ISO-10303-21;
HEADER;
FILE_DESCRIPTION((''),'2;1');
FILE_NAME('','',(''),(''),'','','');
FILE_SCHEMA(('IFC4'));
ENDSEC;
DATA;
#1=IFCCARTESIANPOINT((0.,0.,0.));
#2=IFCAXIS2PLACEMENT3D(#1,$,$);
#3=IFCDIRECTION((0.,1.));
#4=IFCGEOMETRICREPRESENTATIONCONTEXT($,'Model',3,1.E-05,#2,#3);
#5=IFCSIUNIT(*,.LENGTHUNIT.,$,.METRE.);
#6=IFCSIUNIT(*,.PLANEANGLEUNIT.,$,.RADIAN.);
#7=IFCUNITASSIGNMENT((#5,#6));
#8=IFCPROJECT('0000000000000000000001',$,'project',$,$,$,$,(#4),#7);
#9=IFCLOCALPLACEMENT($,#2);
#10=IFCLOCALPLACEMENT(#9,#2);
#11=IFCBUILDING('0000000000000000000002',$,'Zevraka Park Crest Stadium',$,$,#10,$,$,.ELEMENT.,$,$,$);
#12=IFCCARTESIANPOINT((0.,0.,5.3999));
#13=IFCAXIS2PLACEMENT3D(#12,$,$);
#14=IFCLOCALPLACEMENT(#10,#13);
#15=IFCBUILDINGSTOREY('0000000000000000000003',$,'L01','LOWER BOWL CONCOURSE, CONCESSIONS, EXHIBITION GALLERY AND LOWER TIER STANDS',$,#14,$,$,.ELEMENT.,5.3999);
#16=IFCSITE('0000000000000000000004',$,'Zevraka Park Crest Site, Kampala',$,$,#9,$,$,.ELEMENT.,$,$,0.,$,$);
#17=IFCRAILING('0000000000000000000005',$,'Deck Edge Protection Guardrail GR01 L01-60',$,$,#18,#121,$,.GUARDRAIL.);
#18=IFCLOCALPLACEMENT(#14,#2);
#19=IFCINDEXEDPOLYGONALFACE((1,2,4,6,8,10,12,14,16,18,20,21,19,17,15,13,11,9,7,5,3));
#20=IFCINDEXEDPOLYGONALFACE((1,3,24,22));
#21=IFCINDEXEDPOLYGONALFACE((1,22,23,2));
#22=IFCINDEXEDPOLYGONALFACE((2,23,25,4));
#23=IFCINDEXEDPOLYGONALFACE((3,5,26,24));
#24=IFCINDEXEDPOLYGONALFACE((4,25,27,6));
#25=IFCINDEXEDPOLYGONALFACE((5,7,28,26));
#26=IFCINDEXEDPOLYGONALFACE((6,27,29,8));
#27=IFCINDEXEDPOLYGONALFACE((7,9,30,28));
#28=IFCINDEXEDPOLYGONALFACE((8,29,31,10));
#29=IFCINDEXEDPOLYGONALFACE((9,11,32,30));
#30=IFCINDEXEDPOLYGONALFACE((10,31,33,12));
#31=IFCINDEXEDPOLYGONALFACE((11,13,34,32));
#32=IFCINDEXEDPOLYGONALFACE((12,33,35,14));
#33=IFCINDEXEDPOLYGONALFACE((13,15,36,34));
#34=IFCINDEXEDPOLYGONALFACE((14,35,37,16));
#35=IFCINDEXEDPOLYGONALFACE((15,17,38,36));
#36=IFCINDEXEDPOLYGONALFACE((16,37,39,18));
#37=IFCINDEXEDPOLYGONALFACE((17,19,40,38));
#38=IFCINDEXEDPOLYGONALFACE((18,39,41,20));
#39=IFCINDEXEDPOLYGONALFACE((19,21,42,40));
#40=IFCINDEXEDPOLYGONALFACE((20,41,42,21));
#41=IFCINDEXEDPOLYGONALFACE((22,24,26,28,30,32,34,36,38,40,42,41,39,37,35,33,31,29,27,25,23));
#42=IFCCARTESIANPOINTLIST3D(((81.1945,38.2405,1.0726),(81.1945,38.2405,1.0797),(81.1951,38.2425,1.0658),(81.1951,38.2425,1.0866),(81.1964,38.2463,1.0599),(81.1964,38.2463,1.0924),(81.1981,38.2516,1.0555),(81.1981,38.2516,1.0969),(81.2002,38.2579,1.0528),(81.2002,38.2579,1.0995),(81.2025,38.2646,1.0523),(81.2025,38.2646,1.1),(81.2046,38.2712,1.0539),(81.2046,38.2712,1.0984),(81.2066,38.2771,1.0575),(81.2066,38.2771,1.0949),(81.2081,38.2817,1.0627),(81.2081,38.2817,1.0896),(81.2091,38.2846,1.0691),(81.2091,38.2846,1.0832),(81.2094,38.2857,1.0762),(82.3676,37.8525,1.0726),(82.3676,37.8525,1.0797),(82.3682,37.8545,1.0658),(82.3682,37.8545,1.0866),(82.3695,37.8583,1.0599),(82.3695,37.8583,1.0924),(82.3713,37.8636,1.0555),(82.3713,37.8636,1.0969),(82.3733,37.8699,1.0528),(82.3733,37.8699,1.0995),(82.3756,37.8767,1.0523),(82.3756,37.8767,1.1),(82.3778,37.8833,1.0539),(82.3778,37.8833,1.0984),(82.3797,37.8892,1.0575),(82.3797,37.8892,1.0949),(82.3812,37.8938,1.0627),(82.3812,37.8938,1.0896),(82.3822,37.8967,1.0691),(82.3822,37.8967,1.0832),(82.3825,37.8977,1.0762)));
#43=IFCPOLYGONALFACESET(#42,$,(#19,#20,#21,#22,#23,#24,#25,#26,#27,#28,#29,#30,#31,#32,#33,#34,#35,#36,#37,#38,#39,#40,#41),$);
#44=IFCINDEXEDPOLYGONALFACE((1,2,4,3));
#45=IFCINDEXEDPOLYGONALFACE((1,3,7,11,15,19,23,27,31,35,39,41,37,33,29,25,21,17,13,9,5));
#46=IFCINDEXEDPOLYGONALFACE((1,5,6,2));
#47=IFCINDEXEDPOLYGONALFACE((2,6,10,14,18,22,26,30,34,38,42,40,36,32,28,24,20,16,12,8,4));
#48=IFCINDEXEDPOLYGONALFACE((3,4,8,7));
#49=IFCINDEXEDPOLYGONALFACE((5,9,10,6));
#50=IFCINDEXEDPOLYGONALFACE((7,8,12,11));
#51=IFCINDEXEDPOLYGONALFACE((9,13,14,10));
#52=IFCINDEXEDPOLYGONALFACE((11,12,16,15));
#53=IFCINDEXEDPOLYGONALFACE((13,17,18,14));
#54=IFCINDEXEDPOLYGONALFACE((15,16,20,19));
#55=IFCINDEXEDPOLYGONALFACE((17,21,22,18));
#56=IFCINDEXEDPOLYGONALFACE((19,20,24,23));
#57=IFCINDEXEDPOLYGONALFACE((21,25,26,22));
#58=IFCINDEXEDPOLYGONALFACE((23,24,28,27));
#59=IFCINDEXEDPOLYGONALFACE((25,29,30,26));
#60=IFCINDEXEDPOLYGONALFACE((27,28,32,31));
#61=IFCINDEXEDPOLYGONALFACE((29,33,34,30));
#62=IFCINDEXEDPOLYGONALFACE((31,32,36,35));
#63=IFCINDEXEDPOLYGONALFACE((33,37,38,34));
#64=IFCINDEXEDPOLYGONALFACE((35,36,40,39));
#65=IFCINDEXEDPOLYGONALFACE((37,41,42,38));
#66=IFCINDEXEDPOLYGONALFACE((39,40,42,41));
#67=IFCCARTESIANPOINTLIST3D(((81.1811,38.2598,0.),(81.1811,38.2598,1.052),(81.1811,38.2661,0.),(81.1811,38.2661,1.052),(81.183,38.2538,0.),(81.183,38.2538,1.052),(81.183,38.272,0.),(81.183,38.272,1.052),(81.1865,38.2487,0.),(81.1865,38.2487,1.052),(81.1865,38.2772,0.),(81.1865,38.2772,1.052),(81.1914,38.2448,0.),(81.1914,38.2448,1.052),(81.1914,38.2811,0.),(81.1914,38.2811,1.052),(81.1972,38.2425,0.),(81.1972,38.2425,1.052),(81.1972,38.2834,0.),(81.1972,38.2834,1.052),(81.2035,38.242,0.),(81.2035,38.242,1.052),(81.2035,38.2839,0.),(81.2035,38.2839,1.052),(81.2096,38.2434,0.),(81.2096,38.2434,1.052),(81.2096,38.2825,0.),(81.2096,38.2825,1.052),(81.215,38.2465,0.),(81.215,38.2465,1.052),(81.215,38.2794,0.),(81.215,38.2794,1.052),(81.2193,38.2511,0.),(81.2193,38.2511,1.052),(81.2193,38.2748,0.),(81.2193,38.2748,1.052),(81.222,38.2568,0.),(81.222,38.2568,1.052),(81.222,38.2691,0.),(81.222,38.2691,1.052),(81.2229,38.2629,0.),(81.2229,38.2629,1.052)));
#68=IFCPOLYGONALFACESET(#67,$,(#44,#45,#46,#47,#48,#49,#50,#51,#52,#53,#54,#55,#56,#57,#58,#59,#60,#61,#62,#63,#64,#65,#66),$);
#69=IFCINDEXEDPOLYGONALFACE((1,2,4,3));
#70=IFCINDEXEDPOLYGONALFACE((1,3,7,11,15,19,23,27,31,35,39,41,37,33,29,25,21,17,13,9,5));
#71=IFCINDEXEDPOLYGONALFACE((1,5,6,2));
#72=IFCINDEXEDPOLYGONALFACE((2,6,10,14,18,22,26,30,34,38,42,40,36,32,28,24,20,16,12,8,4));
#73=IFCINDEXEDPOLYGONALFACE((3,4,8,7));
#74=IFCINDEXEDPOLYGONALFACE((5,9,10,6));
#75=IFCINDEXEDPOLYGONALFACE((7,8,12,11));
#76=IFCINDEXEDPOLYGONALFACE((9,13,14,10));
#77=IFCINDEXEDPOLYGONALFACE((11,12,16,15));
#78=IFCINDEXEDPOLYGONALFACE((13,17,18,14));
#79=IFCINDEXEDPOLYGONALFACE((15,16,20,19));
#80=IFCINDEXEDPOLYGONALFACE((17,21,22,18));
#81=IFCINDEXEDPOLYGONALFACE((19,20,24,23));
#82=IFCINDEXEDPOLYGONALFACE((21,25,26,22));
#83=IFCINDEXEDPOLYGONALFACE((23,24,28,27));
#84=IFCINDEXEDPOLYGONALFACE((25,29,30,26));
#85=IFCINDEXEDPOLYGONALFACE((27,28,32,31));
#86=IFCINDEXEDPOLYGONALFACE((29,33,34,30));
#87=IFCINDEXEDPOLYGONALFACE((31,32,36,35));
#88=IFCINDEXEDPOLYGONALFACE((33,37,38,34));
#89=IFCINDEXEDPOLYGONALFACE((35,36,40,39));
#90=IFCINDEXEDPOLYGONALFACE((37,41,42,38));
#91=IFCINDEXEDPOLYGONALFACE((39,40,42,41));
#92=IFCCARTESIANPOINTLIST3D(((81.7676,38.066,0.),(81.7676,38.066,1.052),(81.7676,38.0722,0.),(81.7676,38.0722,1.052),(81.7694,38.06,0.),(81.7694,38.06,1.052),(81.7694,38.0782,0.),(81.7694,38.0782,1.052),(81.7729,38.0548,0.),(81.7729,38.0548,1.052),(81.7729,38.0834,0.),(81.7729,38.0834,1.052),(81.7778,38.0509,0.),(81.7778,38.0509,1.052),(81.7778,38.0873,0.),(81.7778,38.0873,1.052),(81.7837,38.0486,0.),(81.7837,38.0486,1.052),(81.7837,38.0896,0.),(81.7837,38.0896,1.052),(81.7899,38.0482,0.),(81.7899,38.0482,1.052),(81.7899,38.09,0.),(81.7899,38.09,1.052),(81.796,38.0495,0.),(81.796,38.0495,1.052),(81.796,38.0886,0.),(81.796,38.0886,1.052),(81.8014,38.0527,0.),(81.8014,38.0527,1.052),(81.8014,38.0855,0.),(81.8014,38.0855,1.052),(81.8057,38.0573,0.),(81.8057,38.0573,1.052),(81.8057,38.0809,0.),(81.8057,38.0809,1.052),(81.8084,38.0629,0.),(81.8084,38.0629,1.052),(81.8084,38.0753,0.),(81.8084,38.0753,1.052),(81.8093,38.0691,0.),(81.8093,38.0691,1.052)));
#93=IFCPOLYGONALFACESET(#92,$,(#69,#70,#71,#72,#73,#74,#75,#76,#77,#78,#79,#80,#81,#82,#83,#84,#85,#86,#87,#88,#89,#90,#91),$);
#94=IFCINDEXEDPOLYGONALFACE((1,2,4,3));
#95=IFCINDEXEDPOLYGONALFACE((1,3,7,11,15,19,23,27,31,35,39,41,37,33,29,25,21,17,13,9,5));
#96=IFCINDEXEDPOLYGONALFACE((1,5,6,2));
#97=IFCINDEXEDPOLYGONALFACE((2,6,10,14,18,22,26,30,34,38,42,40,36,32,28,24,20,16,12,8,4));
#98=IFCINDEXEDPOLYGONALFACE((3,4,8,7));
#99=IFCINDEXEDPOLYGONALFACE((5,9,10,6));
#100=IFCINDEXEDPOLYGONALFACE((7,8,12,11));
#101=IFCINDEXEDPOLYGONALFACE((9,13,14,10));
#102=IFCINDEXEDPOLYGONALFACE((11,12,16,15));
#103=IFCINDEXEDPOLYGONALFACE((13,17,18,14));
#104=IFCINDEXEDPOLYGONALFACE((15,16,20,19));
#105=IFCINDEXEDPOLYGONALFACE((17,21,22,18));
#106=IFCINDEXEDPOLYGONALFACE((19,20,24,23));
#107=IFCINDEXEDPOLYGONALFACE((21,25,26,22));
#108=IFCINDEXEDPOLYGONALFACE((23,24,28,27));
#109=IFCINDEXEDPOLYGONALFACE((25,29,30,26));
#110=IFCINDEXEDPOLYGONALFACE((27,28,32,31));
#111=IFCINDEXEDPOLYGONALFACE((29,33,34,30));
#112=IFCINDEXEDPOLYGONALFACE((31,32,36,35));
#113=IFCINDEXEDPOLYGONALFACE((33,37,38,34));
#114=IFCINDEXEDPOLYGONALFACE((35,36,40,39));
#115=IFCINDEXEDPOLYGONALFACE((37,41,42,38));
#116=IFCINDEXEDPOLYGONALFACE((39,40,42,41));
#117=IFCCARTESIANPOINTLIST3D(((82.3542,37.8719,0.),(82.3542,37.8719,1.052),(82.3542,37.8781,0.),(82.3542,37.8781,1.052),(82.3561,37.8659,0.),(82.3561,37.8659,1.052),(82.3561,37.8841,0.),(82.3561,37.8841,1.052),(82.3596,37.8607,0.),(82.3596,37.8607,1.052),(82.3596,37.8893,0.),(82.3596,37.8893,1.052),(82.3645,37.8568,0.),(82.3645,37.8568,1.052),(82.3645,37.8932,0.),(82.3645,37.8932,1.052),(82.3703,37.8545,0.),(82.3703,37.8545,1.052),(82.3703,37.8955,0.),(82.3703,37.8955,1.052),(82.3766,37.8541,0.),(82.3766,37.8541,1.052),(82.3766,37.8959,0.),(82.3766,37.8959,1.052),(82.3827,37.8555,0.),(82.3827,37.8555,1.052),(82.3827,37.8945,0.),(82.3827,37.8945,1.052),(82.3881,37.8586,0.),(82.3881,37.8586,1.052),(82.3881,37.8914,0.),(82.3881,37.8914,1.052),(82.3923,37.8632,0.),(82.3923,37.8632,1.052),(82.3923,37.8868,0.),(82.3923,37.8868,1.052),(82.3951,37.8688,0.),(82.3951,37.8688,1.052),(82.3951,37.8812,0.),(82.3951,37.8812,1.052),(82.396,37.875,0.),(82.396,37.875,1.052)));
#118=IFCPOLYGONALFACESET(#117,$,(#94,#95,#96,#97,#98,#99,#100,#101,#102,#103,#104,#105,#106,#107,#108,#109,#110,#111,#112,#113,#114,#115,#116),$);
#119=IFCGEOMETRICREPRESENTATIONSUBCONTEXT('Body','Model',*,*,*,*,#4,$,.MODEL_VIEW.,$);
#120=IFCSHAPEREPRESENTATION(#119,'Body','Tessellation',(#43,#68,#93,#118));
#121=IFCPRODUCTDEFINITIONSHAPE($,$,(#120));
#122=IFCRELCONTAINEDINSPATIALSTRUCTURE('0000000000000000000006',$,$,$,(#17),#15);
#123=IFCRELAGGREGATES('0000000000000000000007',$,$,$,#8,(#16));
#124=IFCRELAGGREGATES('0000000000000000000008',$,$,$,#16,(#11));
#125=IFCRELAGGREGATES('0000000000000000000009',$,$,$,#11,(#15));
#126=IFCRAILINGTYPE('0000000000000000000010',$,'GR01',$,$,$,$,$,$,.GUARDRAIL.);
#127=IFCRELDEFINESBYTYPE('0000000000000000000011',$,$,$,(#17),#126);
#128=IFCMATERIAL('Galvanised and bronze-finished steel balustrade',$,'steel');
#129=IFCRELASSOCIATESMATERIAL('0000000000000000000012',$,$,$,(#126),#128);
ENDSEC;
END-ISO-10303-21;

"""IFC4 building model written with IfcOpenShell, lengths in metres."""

from ifc_helpers import new_model, si_unit, direction, frame, origin, origin_2d, place, context, subcontext, project, spatial, circle, extrude, material, type_object, element, save


model = new_model("IFC4")

# Units and contexts
model_context = context("Model", 3, precision=1e-05, world=origin(), true_north=direction((0.0, 1.0)))
body_context = subcontext(model_context, "Body", "Model", "MODEL_VIEW")
ifc_project = project(units=[si_unit("LENGTHUNIT", "METRE"), si_unit("PLANEANGLEUNIT", "RADIAN")], contexts=[model_context])

# Site, building, storey
site_placement = place(None, origin())
site = spatial("IfcSite", under=ifc_project, at=site_placement, Name="Zevraka Park Crest Site, Kampala", CompositionType="ELEMENT", RefElevation=0.0)
building_placement = place(site_placement, origin())
building = spatial("IfcBuilding", under=site, at=building_placement, Name="Zevraka Park Crest Stadium", CompositionType="ELEMENT")
storey_placement = place(building_placement, frame((0.0, 0.0, 5.3999)))
storey = spatial("IfcBuildingStorey", under=building, at=storey_placement, Name="L01", Description="LOWER BOWL CONCOURSE, CONCESSIONS, EXHIBITION GALLERY AND LOWER TIER STANDS", CompositionType="ELEMENT", Elevation=5.3999)

# Railing
ifc_material_1 = material(Name="Galvanised and bronze-finished steel balustrade", Category="steel")
railing_type_1 = type_object("IfcRailingType", Name="GR01", PredefinedType="GUARDRAIL", material=ifc_material_1)
railing_1_placement = place(storey_placement, frame((81.2019, 38.2629, 0.0)))
element("IfcRailing", 1, at=railing_1_placement, inside=storey, type_object=railing_type_1, Name="Deck Edge Protection Guardrail GR01 L01-60", PredefinedType="GUARDRAIL", context=body_context, shape_type="SweptSolid", body=[
    extrude(circle(Radius=0.0239, at=origin_2d()), frame((0.0, 0.0, 1.0762), z_axis=(0.949431, -0.313974, 0.0), x_axis=(0.313974, 0.949431, 0.0)), (0.0, 0.0, 1.0), 1.2356),
    extrude(circle(Radius=0.021, at=origin_2d()), origin(), (0.0, 0.0, 1.0), 1.052),
    extrude(circle(Radius=0.021, at=origin_2d()), frame((0.5864, -0.1938, 0.0)), (0.0, 0.0, 1.0), 1.052),
    extrude(circle(Radius=0.021, at=origin_2d()), frame((1.1731, -0.3879, 0.0)), (0.0, 0.0, 1.0), 1.052),
])

save(model, "model.ifc")
